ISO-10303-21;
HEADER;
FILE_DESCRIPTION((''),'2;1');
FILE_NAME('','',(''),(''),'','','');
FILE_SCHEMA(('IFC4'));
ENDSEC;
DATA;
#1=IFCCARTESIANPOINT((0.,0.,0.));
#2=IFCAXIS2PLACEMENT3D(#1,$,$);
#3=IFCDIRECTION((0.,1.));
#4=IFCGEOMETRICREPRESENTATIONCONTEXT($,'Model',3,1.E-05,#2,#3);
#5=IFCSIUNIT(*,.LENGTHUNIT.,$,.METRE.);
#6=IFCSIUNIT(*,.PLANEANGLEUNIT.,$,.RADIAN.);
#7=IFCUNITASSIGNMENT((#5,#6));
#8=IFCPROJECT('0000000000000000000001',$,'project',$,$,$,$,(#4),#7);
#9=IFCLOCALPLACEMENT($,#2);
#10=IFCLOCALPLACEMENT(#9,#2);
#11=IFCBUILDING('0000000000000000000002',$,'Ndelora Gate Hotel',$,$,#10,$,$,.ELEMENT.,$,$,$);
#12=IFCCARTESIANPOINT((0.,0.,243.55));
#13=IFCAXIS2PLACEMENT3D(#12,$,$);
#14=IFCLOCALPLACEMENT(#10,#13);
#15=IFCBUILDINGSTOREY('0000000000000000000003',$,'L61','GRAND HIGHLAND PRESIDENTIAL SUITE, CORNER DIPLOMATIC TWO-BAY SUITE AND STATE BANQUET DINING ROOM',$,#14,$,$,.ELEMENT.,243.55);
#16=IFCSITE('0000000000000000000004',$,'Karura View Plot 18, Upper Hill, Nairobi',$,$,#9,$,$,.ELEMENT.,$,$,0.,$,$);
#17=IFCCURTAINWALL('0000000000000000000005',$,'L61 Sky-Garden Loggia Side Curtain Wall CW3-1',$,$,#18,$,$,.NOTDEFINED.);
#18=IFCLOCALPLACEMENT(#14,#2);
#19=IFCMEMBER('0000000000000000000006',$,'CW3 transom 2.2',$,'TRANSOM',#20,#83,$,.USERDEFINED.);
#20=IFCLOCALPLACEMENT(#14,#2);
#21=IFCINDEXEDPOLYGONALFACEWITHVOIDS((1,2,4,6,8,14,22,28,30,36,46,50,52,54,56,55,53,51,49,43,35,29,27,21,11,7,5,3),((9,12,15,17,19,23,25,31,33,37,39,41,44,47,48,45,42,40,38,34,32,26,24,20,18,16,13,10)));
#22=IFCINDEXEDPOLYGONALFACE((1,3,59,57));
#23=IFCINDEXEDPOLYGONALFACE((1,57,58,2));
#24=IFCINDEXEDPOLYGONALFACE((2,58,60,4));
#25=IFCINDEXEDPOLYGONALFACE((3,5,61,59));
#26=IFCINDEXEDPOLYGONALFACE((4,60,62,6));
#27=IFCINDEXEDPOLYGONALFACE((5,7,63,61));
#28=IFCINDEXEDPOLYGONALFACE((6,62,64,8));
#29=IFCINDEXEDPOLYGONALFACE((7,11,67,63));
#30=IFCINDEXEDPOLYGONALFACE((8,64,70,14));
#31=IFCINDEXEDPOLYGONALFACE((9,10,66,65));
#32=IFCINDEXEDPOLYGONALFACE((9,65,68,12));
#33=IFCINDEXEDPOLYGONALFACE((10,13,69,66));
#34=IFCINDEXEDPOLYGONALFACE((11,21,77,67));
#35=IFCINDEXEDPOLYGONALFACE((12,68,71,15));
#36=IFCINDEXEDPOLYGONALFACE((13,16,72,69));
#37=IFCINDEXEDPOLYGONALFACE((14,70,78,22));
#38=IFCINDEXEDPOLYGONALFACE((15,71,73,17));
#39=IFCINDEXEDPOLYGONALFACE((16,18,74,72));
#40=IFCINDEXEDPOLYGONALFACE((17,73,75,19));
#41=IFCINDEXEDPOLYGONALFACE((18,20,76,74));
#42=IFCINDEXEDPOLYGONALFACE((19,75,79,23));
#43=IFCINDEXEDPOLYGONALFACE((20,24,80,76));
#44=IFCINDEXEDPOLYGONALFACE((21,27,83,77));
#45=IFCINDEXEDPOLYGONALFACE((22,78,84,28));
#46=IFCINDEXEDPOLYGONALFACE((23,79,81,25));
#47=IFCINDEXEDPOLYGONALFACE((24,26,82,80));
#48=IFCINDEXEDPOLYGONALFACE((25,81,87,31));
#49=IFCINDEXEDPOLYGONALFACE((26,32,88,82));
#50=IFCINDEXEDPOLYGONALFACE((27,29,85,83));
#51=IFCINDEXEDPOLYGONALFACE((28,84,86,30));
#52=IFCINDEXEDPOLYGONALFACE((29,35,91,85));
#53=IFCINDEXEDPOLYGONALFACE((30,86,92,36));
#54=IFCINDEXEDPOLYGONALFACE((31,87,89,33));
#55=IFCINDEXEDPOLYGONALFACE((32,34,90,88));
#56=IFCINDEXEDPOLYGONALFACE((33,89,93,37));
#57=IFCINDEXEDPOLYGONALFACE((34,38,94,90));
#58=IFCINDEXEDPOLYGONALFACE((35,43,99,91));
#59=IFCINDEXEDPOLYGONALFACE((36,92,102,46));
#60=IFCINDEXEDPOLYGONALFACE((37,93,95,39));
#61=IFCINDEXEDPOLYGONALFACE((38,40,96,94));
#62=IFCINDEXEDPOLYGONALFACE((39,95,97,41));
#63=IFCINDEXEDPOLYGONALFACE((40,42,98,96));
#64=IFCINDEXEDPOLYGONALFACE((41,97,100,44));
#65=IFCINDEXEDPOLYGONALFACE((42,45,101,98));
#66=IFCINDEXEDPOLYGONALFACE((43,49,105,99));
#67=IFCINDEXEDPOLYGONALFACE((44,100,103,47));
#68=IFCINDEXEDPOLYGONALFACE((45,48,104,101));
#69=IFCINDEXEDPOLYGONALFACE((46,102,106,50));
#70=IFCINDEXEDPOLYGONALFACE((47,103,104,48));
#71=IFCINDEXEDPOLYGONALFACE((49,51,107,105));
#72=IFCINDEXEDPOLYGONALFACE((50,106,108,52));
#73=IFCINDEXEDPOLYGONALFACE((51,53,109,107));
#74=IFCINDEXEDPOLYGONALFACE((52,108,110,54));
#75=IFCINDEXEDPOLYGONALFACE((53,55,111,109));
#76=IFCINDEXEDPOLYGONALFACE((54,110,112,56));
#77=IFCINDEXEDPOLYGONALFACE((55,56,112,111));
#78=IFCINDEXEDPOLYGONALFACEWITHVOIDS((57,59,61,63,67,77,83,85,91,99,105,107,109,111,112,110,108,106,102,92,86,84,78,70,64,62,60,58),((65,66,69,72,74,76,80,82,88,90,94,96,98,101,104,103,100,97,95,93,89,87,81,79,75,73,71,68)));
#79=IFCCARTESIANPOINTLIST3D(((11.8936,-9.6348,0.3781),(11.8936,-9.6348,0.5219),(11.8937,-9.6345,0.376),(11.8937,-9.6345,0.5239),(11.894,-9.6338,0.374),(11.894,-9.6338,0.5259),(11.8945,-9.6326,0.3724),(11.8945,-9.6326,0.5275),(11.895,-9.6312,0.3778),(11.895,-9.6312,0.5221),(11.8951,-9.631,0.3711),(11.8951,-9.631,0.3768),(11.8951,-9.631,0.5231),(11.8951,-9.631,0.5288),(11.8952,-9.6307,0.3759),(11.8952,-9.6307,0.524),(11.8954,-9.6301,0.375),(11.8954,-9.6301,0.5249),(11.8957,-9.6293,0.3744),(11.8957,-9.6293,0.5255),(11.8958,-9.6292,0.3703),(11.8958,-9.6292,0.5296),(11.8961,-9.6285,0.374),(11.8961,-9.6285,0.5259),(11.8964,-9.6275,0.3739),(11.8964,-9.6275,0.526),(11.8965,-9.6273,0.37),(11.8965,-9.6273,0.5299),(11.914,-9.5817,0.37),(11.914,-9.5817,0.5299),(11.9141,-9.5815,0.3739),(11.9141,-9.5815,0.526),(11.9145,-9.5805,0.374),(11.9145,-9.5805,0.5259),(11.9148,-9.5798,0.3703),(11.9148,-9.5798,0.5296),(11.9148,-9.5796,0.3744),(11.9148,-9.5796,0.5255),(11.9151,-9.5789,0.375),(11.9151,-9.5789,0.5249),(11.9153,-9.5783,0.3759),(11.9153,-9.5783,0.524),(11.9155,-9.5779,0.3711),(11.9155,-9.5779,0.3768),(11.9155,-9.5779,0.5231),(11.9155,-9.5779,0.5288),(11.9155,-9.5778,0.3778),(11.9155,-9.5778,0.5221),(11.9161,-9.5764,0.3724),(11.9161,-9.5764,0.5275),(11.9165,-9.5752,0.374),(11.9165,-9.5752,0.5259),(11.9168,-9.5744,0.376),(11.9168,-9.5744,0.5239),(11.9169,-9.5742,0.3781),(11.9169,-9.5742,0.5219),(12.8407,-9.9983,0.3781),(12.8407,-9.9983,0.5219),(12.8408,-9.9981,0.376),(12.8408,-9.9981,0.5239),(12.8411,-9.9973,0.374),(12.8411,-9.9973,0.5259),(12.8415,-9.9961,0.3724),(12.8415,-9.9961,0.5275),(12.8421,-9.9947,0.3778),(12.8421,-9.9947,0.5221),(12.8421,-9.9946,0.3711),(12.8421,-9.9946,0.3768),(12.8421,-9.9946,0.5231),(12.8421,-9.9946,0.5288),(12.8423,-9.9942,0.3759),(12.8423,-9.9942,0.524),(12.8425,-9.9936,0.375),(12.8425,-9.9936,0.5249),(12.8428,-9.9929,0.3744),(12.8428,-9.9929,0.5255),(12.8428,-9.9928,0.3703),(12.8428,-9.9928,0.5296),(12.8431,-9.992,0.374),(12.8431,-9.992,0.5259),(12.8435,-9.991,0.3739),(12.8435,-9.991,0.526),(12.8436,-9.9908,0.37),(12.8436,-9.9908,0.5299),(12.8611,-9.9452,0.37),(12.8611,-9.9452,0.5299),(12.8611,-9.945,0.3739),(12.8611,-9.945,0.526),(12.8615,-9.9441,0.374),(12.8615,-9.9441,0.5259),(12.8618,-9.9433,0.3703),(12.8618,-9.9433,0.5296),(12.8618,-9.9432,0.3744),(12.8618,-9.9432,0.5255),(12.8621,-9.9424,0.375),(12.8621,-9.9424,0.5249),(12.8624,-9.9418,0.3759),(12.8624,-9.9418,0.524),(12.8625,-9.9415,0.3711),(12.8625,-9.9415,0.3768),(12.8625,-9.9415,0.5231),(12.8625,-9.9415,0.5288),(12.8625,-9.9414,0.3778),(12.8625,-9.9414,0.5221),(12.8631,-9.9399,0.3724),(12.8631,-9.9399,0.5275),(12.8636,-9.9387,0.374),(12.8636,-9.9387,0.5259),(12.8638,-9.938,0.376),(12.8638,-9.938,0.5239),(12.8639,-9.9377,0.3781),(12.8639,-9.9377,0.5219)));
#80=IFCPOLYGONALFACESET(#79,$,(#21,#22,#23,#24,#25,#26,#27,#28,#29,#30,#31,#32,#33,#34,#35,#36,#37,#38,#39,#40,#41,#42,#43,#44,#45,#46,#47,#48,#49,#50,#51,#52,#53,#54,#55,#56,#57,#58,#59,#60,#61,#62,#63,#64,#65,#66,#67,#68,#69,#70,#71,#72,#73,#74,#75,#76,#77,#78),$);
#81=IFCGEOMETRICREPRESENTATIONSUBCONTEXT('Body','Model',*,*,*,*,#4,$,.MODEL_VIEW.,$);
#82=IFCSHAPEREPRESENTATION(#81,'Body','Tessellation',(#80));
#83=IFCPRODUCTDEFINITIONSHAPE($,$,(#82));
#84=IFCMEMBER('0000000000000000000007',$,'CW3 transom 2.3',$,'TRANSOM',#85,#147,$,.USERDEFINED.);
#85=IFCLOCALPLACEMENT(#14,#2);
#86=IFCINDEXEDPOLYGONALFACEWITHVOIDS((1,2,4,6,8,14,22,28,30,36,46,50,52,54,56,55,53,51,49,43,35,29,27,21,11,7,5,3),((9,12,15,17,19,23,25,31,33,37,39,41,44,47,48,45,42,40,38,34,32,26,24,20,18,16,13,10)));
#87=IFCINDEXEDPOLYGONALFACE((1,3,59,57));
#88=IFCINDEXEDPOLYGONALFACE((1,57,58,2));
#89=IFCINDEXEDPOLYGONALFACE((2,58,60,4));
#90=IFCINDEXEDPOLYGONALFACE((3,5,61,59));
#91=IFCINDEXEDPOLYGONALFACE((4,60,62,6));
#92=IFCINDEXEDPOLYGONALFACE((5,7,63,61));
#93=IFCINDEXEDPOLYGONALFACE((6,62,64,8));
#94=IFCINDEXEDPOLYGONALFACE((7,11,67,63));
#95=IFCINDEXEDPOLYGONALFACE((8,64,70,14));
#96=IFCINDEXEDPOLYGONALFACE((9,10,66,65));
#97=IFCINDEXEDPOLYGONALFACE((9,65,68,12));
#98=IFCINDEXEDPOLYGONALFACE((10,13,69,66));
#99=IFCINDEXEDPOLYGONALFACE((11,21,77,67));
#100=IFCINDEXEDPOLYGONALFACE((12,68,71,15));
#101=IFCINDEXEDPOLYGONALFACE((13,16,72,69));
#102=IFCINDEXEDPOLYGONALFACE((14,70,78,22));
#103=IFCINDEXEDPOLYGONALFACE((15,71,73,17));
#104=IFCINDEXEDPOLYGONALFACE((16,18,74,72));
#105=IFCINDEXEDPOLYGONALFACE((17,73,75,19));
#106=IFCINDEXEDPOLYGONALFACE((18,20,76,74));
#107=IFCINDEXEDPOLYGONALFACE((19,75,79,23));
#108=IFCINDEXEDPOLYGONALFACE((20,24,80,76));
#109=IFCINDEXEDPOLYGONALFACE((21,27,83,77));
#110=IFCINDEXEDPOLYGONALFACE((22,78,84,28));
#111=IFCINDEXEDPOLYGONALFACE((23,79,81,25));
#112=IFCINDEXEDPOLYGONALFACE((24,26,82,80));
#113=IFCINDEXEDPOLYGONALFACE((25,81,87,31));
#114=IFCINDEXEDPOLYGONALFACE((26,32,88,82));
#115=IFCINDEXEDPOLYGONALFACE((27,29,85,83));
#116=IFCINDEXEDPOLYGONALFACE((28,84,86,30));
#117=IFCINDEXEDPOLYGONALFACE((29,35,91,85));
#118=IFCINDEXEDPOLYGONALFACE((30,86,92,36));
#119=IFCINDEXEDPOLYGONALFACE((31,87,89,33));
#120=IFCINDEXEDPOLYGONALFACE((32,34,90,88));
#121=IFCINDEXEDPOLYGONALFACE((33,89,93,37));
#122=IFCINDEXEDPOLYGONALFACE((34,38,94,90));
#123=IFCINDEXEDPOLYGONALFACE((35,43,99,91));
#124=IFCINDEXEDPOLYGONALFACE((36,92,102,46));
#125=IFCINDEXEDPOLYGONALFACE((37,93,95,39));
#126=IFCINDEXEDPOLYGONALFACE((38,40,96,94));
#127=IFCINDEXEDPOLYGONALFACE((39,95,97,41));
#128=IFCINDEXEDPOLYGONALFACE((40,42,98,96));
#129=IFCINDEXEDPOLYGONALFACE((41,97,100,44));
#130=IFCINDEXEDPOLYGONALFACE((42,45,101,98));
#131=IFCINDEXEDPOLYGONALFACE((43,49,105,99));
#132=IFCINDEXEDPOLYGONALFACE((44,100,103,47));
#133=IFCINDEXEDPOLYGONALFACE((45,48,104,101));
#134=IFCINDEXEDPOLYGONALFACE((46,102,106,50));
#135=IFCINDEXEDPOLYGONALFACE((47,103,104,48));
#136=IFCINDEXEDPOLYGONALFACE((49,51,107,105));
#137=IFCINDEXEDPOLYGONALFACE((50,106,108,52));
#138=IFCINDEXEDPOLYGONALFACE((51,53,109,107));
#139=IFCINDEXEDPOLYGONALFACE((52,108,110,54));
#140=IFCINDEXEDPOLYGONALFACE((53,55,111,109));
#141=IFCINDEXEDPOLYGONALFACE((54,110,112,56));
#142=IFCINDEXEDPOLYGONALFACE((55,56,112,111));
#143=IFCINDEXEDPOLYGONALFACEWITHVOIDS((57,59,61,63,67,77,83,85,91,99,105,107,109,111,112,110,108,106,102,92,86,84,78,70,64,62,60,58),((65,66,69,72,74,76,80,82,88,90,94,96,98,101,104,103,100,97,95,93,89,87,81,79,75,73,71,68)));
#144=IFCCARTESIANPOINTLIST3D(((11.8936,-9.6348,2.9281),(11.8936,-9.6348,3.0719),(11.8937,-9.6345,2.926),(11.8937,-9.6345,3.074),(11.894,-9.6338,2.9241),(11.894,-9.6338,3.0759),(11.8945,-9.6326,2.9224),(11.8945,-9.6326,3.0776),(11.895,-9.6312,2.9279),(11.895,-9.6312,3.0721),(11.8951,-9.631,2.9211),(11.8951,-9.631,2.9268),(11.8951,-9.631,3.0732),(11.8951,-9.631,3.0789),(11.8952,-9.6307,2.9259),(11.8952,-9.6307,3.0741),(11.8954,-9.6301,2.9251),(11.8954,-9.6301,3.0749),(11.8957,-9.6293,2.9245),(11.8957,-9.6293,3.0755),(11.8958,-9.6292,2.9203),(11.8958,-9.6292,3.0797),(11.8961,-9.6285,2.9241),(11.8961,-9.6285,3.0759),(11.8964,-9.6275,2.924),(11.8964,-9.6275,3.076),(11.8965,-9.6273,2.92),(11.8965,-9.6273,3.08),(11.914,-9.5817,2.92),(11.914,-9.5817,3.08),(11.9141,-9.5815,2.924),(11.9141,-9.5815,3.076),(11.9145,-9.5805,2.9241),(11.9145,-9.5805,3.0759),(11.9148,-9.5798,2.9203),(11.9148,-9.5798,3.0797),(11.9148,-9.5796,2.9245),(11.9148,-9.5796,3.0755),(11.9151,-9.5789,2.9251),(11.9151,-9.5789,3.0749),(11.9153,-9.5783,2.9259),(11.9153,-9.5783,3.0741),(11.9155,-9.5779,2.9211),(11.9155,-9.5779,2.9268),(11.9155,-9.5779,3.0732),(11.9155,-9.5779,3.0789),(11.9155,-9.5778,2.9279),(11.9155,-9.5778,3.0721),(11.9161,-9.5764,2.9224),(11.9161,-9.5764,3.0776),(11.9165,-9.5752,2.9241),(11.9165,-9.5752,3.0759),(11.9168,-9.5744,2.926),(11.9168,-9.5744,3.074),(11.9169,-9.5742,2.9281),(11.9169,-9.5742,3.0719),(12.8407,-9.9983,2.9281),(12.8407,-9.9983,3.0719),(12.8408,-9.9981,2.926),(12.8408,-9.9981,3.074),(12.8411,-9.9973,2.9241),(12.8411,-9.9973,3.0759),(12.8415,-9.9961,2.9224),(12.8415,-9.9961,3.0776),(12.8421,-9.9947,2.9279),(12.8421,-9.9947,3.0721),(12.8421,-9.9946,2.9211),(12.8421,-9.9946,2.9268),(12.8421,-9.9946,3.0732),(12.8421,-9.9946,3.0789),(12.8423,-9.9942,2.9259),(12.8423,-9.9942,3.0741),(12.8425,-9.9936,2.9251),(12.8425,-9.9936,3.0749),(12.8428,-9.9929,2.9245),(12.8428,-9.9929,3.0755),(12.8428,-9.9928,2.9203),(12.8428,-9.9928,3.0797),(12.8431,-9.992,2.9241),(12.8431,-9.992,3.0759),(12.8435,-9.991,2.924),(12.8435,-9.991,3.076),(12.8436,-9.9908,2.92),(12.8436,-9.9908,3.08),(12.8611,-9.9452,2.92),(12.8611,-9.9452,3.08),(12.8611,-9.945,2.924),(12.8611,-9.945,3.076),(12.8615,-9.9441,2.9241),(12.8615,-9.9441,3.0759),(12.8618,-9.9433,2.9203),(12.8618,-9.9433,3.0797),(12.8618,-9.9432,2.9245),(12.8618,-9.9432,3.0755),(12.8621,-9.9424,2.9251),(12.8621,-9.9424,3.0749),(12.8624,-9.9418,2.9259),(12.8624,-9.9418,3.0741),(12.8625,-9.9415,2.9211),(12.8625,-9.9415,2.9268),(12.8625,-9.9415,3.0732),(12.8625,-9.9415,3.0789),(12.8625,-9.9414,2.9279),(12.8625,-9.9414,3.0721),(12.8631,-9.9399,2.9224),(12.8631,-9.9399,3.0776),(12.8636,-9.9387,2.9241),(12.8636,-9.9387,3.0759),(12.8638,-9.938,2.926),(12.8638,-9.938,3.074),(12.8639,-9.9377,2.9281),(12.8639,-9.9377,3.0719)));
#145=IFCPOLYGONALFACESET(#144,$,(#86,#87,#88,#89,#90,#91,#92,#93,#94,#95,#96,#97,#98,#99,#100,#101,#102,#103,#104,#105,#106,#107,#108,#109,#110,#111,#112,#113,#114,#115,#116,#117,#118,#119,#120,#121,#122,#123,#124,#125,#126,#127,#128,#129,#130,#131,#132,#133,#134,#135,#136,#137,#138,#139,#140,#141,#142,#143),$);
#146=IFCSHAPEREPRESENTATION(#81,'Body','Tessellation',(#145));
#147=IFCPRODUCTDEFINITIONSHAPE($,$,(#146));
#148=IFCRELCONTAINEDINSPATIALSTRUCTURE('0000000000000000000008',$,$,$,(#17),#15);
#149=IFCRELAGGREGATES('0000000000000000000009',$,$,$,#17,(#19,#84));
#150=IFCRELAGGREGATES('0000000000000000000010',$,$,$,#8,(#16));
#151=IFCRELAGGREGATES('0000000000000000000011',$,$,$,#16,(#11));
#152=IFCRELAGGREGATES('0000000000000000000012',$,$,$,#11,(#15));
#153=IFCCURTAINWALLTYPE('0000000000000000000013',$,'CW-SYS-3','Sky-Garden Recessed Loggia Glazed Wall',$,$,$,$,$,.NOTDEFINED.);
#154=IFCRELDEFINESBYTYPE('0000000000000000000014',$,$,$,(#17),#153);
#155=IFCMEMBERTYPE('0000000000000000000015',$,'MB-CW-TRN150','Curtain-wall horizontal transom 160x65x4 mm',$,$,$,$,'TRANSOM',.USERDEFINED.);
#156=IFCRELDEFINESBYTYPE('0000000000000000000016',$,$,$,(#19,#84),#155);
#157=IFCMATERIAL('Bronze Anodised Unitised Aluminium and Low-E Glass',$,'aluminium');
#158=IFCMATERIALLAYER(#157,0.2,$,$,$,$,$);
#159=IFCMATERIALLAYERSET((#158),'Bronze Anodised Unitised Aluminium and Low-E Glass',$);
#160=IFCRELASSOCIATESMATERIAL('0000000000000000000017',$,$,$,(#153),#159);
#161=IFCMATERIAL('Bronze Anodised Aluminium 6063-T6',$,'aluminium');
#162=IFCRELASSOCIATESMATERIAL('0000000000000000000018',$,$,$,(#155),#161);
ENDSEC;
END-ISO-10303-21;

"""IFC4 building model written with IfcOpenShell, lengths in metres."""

from ifc_helpers import new_model, si_unit, direction, frame, origin, origin_2d, place, context, subcontext, project, spatial, hollow_rectangle, extrude, material, layer, layer_set, material_profile, profile_set, type_object, element, aggregate, save


model = new_model("IFC4")

# Units and contexts
model_context = context("Model", 3, precision=1e-05, world=origin(), true_north=direction((0.0, 1.0)))
body_context = subcontext(model_context, "Body", "Model", "MODEL_VIEW")
ifc_project = project(units=[si_unit("LENGTHUNIT", "METRE"), si_unit("PLANEANGLEUNIT", "RADIAN")], contexts=[model_context])

# Site, building, storey
site_placement = place(None, origin())
site = spatial("IfcSite", under=ifc_project, at=site_placement, Name="Karura View Plot 18, Upper Hill, Nairobi", CompositionType="ELEMENT", RefElevation=0.0)
building_placement = place(site_placement, origin())
building = spatial("IfcBuilding", under=site, at=building_placement, Name="Ndelora Gate Hotel", CompositionType="ELEMENT")
storey_placement = place(building_placement, frame((0.0, 0.0, 243.55)))
storey = spatial("IfcBuildingStorey", under=building, at=storey_placement, Name="L61", Description="GRAND HIGHLAND PRESIDENTIAL SUITE, CORNER DIPLOMATIC TWO-BAY SUITE AND STATE BANQUET DINING ROOM", CompositionType="ELEMENT", Elevation=243.55)

# Curtain wall, members
ifc_material_1 = material(Name="Bronze Anodised Unitised Aluminium and Low-E Glass", Category="aluminium")
ifc_layer_1 = layer(ifc_material_1, 0.2)
ifc_layer_set_1 = layer_set([ifc_layer_1], Name="Bronze Anodised Unitised Aluminium and Low-E Glass")
curtain_wall_type = type_object("IfcCurtainWallType", Name="CW-SYS-3", Description="Sky-Garden Recessed Loggia Glazed Wall", PredefinedType="NOTDEFINED", material=ifc_layer_set_1)
curtain_wall_placement = place(storey_placement, origin())
curtain_wall = element("IfcCurtainWall", 1, at=curtain_wall_placement, inside=storey, type_object=curtain_wall_type, Name="L61 Sky-Garden Loggia Side Curtain Wall CW3-1", PredefinedType="NOTDEFINED")
ifc_material_2 = material(Name="Bronze Anodised Aluminium 6063-T6", Category="aluminium")
ifc_material_profile_1 = material_profile(ifc_material_2, hollow_rectangle(XDim=0.0649, YDim=0.1599, WallThickness=0.0039, InnerFilletRadius=0.0039, OuterFilletRadius=0.0081, at=origin_2d()), Name="ALU 160x65x4")
ifc_profile_set_1 = profile_set([ifc_material_profile_1], Name="Bronze Anodised Aluminium 6063-T6")
member_type_1 = type_object("IfcMemberType", Name="MB-CW-TRN150", Description="Curtain-wall horizontal transom 160x65x4 mm", ElementType="TRANSOM", PredefinedType="USERDEFINED", material=ifc_profile_set_1)
member_1_placement = place(storey_placement, frame((11.9053, -9.6045, 0.45), z_axis=(0.933581, -0.358366, 0.0), x_axis=(0.358366, 0.933581, 0.0)))
member_1 = element("IfcMember", 2, at=member_1_placement, type_object=member_type_1, Name="CW3 transom 2.2", ObjectType="TRANSOM", PredefinedType="USERDEFINED", context=body_context, shape_type="SweptSolid", body=[
    extrude(hollow_rectangle(XDim=0.0649, YDim=0.1599, WallThickness=0.0039, InnerFilletRadius=0.0039, OuterFilletRadius=0.0081, at=origin_2d()), origin(), (0.0, 0.0, 1.0), 1.0144),
])
member_2_placement = place(storey_placement, frame((11.9053, -9.6045, 3.0), z_axis=(0.933581, -0.358366, 0.0), x_axis=(0.358366, 0.933581, 0.0)))
member_2 = element("IfcMember", 3, at=member_2_placement, type_object=member_type_1, Name="CW3 transom 2.3", ObjectType="TRANSOM", PredefinedType="USERDEFINED", context=body_context, shape_type="SweptSolid", body=[
    extrude(hollow_rectangle(XDim=0.0649, YDim=0.1599, WallThickness=0.0039, InnerFilletRadius=0.0039, OuterFilletRadius=0.0081, at=origin_2d()), origin(), (0.0, 0.0, 1.0), 1.0144),
])
aggregate(curtain_wall, [member_1, member_2])

save(model, "model.ifc")
